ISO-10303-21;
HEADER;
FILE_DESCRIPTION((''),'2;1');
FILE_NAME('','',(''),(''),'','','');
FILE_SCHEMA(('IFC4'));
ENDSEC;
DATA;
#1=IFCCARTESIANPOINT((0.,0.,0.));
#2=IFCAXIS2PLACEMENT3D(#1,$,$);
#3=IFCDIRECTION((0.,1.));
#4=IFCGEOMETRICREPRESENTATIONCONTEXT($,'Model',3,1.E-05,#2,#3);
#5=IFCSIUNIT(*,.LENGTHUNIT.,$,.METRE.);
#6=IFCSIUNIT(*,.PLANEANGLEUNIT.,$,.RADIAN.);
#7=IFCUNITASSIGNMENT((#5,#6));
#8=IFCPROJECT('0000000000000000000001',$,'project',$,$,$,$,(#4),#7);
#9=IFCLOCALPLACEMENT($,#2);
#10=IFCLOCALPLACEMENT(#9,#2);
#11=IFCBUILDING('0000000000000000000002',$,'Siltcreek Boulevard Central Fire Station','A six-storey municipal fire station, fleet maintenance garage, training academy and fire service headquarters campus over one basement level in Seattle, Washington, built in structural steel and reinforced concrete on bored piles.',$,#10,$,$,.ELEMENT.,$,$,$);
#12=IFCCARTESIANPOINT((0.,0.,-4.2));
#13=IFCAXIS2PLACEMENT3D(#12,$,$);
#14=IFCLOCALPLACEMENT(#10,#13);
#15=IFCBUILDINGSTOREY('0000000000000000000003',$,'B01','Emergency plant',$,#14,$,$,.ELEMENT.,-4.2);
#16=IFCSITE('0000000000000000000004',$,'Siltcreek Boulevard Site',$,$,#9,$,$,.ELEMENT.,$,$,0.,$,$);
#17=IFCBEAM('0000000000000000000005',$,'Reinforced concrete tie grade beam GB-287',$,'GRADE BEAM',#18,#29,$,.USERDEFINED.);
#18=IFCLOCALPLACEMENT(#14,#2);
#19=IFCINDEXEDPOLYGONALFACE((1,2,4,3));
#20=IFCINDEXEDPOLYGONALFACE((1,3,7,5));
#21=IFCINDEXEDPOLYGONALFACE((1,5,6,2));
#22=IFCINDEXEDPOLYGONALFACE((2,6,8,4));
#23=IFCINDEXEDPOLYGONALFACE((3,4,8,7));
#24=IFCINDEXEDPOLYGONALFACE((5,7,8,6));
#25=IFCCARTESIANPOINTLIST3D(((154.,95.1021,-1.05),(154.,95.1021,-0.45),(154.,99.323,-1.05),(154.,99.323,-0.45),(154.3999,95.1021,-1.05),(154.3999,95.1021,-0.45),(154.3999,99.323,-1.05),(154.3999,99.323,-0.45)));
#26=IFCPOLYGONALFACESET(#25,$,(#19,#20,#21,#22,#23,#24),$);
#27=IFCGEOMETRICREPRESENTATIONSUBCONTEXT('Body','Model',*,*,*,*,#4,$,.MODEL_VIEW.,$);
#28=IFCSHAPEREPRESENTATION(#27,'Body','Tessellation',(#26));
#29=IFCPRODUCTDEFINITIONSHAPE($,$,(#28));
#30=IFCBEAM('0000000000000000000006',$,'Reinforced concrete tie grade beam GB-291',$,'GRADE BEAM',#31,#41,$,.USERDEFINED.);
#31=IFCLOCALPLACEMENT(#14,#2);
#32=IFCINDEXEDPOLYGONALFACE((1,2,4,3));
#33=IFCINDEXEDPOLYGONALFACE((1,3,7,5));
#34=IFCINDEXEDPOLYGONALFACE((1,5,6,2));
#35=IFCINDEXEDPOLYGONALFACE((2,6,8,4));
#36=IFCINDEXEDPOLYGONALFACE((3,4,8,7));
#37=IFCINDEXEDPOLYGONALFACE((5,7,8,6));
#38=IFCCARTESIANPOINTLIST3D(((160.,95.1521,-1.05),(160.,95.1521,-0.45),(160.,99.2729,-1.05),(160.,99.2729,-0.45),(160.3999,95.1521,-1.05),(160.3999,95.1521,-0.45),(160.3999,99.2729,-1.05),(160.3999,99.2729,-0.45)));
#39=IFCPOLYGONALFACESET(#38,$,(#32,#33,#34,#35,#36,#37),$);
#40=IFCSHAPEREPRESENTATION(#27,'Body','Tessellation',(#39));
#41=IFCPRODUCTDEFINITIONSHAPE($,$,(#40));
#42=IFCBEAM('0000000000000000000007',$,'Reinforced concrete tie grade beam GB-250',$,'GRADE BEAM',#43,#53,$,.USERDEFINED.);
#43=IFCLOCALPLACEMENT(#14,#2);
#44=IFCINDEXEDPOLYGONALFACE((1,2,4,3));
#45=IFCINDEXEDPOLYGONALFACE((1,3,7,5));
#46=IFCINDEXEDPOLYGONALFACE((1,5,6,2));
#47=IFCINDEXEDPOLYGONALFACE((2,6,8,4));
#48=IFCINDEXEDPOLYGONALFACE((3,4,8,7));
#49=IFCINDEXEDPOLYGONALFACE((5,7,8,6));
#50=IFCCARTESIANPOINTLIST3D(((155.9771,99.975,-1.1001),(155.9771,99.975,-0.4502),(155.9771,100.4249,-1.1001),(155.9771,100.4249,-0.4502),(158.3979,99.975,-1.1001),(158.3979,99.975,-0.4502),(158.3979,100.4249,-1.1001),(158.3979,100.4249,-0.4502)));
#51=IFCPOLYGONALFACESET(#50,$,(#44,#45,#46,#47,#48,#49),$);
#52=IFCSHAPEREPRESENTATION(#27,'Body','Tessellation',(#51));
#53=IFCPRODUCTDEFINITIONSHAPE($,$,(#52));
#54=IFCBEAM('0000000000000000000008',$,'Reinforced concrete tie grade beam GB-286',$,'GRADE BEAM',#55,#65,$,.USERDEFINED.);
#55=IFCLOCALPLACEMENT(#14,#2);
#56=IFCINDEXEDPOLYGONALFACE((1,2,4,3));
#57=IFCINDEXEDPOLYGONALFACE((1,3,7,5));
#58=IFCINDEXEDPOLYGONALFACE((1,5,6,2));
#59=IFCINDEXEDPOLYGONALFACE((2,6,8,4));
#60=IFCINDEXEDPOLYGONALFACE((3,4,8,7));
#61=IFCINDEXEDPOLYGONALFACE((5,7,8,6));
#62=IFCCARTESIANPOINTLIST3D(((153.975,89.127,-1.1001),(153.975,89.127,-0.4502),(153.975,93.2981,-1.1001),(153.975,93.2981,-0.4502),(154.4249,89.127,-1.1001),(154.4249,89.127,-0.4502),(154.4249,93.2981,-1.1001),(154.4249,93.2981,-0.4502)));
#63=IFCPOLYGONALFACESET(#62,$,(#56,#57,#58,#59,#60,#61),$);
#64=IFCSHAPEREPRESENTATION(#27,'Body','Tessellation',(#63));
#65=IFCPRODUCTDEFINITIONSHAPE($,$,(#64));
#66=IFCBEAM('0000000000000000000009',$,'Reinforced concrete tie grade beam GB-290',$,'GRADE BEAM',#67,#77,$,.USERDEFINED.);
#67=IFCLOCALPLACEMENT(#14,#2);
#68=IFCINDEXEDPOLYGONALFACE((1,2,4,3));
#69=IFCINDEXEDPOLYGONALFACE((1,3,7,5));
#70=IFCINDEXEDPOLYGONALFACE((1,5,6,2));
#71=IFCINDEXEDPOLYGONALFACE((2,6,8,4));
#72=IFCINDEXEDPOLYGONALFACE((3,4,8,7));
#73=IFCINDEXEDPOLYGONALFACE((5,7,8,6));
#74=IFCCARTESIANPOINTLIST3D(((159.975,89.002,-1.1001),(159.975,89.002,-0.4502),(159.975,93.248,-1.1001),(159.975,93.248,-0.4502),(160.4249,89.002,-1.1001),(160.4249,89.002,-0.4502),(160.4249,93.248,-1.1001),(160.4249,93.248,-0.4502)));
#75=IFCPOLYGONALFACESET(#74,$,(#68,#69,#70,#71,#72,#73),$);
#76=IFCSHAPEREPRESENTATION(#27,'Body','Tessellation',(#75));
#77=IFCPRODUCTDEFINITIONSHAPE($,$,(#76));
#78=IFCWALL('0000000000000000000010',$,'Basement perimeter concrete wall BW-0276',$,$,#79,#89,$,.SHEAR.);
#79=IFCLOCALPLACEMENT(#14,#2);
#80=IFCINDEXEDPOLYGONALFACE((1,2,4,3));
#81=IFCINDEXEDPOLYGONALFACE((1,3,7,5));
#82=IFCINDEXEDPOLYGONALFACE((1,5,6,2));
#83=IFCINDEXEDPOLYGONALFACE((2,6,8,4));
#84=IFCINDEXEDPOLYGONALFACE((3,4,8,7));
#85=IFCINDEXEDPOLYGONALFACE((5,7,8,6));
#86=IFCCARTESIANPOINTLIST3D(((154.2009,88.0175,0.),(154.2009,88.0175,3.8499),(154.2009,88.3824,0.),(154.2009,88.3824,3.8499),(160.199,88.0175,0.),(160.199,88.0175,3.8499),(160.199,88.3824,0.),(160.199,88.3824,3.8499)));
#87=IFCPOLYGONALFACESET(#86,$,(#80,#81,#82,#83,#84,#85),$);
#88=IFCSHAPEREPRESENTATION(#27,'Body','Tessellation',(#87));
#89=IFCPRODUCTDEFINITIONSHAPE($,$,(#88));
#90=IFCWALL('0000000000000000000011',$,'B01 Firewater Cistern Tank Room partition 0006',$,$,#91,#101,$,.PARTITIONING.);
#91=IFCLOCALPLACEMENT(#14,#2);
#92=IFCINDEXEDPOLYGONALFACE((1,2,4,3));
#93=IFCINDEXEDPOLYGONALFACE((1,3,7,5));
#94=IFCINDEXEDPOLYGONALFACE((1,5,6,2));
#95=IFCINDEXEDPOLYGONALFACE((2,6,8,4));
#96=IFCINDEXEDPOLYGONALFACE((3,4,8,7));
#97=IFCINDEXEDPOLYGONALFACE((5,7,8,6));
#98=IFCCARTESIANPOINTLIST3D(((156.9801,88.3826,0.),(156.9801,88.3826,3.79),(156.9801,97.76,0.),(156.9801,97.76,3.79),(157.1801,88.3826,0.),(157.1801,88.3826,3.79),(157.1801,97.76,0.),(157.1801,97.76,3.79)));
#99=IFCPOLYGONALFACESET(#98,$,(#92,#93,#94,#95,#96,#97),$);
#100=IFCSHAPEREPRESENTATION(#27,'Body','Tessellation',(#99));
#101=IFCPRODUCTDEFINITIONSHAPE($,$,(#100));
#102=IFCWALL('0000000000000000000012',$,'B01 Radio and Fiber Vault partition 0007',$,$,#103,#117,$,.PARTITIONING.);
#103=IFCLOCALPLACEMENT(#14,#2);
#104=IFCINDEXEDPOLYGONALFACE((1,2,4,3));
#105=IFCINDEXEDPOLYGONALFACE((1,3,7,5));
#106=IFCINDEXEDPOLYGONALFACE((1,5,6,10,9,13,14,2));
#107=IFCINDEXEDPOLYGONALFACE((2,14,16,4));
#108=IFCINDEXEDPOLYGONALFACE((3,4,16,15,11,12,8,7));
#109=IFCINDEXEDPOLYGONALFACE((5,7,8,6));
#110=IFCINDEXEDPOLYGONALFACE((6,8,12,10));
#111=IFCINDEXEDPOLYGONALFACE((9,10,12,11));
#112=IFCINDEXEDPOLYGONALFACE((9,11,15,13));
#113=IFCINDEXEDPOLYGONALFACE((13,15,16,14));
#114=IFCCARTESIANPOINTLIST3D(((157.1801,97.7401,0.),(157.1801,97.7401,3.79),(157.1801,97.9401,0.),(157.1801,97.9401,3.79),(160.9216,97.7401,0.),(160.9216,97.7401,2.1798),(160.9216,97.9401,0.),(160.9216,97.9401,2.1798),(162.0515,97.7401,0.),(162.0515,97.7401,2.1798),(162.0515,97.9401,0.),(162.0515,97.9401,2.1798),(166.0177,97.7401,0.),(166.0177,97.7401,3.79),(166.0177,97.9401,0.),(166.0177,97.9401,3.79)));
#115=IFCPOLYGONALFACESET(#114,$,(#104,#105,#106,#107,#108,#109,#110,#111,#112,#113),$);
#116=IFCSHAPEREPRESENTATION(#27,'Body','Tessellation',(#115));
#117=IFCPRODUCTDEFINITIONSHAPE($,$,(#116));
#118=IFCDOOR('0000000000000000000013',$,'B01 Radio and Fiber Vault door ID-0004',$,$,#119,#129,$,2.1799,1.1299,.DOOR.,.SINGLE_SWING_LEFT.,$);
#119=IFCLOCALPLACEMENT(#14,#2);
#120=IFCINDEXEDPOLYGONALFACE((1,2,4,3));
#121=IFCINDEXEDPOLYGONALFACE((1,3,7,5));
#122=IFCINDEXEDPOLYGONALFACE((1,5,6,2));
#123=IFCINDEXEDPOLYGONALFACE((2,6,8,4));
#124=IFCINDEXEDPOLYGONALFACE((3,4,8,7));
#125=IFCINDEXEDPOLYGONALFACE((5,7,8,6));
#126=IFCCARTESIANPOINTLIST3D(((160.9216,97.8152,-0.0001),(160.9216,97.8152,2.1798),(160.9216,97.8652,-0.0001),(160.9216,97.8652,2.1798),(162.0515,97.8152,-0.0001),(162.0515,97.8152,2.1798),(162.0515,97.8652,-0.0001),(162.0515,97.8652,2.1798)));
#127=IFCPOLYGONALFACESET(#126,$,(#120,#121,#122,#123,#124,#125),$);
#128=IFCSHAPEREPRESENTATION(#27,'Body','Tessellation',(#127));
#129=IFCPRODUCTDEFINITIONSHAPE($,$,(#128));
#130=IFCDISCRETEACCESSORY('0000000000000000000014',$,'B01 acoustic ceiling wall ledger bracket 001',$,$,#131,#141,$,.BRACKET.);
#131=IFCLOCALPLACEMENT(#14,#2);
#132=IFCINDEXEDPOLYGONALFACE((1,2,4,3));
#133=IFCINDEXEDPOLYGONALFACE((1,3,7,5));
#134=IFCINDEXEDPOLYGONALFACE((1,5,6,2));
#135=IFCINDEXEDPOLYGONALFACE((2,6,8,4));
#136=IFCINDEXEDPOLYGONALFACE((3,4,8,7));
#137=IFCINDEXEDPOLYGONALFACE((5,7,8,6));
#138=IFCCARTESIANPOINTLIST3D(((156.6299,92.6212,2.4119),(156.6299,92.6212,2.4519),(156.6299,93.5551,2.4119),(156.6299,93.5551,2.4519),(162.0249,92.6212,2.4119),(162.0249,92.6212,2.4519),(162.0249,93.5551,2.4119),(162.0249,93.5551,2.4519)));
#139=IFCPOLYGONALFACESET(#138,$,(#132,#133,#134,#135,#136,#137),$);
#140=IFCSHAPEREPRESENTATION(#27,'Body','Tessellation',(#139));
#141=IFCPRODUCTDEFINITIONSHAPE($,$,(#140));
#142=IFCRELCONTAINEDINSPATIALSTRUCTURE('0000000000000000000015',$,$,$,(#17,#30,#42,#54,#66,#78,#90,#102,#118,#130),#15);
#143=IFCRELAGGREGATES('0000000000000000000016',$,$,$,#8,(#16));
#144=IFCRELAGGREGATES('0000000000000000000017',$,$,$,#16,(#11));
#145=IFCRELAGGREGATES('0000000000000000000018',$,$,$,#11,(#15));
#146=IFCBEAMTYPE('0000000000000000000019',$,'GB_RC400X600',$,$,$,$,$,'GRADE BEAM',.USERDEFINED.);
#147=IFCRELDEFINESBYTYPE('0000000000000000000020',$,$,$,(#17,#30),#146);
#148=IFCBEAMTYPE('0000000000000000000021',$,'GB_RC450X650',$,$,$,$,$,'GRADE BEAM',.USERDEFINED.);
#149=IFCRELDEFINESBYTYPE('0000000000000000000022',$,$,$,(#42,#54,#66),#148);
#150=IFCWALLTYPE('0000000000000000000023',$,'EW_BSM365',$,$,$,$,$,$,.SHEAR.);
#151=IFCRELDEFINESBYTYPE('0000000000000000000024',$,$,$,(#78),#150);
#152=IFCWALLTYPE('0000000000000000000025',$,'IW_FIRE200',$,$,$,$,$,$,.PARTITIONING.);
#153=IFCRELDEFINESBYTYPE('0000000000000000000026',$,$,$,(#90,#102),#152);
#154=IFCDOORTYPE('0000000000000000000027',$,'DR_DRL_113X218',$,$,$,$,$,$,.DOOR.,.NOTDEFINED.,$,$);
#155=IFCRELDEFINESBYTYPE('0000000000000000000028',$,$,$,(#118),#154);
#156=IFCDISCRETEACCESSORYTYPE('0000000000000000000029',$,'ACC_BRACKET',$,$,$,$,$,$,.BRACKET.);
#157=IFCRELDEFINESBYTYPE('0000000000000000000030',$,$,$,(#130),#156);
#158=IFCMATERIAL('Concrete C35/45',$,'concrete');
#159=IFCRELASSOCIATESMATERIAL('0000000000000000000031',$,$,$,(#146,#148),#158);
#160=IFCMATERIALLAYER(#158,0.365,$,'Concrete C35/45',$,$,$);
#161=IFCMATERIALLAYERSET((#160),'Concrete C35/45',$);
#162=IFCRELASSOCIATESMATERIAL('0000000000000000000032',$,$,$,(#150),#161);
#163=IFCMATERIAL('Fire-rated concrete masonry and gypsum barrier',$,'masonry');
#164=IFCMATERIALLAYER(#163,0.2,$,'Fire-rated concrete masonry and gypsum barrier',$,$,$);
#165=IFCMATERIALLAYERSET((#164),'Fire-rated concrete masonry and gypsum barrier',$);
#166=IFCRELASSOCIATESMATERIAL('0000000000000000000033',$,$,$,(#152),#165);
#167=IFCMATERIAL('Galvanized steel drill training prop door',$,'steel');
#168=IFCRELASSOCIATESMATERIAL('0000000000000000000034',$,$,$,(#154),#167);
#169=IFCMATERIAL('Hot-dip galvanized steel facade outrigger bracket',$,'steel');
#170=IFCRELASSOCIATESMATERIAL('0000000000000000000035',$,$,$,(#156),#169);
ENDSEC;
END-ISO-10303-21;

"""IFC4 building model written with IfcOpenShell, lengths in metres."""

from ifc_helpers import new_model, si_unit, direction, frame, frame_2d, origin, origin_2d, place, context, subcontext, project, spatial, rectangle, extrude, material, layer, layer_set, material_profile, profile_set, type_object, element, fill, save


model = new_model("IFC4")

# Units and contexts
model_context = context("Model", 3, precision=1e-05, world=origin(), true_north=direction((0.0, 1.0)))
body_context = subcontext(model_context, "Body", "Model", "MODEL_VIEW")
ifc_project = project(units=[si_unit("LENGTHUNIT", "METRE"), si_unit("PLANEANGLEUNIT", "RADIAN")], contexts=[model_context])

# Site, building, storey
site_placement = place(None, origin())
site = spatial("IfcSite", under=ifc_project, at=site_placement, Name="Siltcreek Boulevard Site", CompositionType="ELEMENT", RefElevation=0.0)
building_placement = place(site_placement, origin())
building = spatial("IfcBuilding", under=site, at=building_placement, Name="Siltcreek Boulevard Central Fire Station", Description="A six-storey municipal fire station, fleet maintenance garage, training academy and fire service headquarters campus over one basement level in Seattle, Washington, built in structural steel and reinforced concrete on bored piles.", CompositionType="ELEMENT")
storey_placement = place(building_placement, frame((0.0, 0.0, -4.2)))
storey = spatial("IfcBuildingStorey", under=building, at=storey_placement, Name="B01", Description="Emergency plant", CompositionType="ELEMENT", Elevation=-4.2)

# Shared definitions
ifc_material_1 = material(Name="Concrete C35/45", Category="concrete")

# Beams
ifc_material_profile_1 = material_profile(ifc_material_1, rectangle(XDim=0.3999, YDim=0.6001, at=origin_2d()), Name="RC400X600")
ifc_profile_set_1 = profile_set([ifc_material_profile_1], Name="Concrete C35/45")
beam_type_1 = type_object("IfcBeamType", Name="GB_RC400X600", ElementType="GRADE BEAM", PredefinedType="USERDEFINED", material=ifc_profile_set_1)
beam_1_placement = place(storey_placement, frame((154.2, 95.1021, -0.75), z_axis=(0.0, 1.0, 0.0), x_axis=(-1.0, 0.0, 0.0)))
element("IfcBeam", 1, at=beam_1_placement, inside=storey, type_object=beam_type_1, Name="Reinforced concrete tie grade beam GB-287", ObjectType="GRADE BEAM", PredefinedType="USERDEFINED", context=body_context, shape_type="SweptSolid", body=[
    extrude(rectangle(XDim=0.3999, YDim=0.6001, at=origin_2d()), origin(), (0.0, 0.0, 1.0), 4.2209),
])
beam_2_placement = place(storey_placement, frame((160.2, 95.1521, -0.75), z_axis=(0.0, 1.0, 0.0), x_axis=(-1.0, 0.0, 0.0)))
element("IfcBeam", 2, at=beam_2_placement, inside=storey, type_object=beam_type_1, Name="Reinforced concrete tie grade beam GB-291", ObjectType="GRADE BEAM", PredefinedType="USERDEFINED", context=body_context, shape_type="SweptSolid", body=[
    extrude(rectangle(XDim=0.3999, YDim=0.6001, at=origin_2d()), origin(), (0.0, 0.0, 1.0), 4.1208),
])
ifc_material_profile_2 = material_profile(ifc_material_1, rectangle(XDim=0.45, YDim=0.6499, at=origin_2d()), Name="RC450X650")
ifc_profile_set_2 = profile_set([ifc_material_profile_2], Name="Concrete C35/45")
beam_type_2 = type_object("IfcBeamType", Name="GB_RC450X650", ElementType="GRADE BEAM", PredefinedType="USERDEFINED", material=ifc_profile_set_2)
beam_3_placement = place(storey_placement, frame((155.9771, 100.2, -0.7751), z_axis=(1.0, 0.0, 0.0), x_axis=(0.0, 1.0, 0.0)))
element("IfcBeam", 3, at=beam_3_placement, inside=storey, type_object=beam_type_2, Name="Reinforced concrete tie grade beam GB-250", ObjectType="GRADE BEAM", PredefinedType="USERDEFINED", context=body_context, shape_type="SweptSolid", body=[
    extrude(rectangle(XDim=0.45, YDim=0.6499, at=origin_2d()), origin(), (0.0, 0.0, 1.0), 2.4209),
])
beam_4_placement = place(storey_placement, frame((154.2, 89.127, -0.7751), z_axis=(0.0, 1.0, 0.0), x_axis=(-1.0, 0.0, 0.0)))
element("IfcBeam", 4, at=beam_4_placement, inside=storey, type_object=beam_type_2, Name="Reinforced concrete tie grade beam GB-286", ObjectType="GRADE BEAM", PredefinedType="USERDEFINED", context=body_context, shape_type="SweptSolid", body=[
    extrude(rectangle(XDim=0.45, YDim=0.6499, at=origin_2d()), origin(), (0.0, 0.0, 1.0), 4.1711),
])
beam_5_placement = place(storey_placement, frame((160.2, 89.002, -0.7751), z_axis=(0.0, 1.0, 0.0), x_axis=(-1.0, 0.0, 0.0)))
element("IfcBeam", 5, at=beam_5_placement, inside=storey, type_object=beam_type_2, Name="Reinforced concrete tie grade beam GB-290", ObjectType="GRADE BEAM", PredefinedType="USERDEFINED", context=body_context, shape_type="SweptSolid", body=[
    extrude(rectangle(XDim=0.45, YDim=0.6499, at=origin_2d()), origin(), (0.0, 0.0, 1.0), 4.2461),
])

# Walls
ifc_layer_1 = layer(ifc_material_1, 0.365, Name="Concrete C35/45")
ifc_layer_set_1 = layer_set([ifc_layer_1], Name="Concrete C35/45")
wall_type_1 = type_object("IfcWallType", Name="EW_BSM365", PredefinedType="SHEAR", material=ifc_layer_set_1)
wall_1_placement = place(storey_placement, frame((154.2009, 88.2, 0.0), z_axis=(0.0, 0.0, 1.0), x_axis=(1.0, 0.0, 0.0)))
element("IfcWall", 6, at=wall_1_placement, inside=storey, type_object=wall_type_1, Name="Basement perimeter concrete wall BW-0276", PredefinedType="SHEAR", context=body_context, shape_type="SweptSolid", body=[
    extrude(rectangle(XDim=5.998, YDim=0.365, at=frame_2d((2.999, 0.0))), origin(), (0.0, 0.0, 1.0), 3.8499),
])
ifc_material_2 = material(Name="Fire-rated concrete masonry and gypsum barrier", Category="masonry")
ifc_layer_2 = layer(ifc_material_2, 0.2, Name="Fire-rated concrete masonry and gypsum barrier")
ifc_layer_set_2 = layer_set([ifc_layer_2], Name="Fire-rated concrete masonry and gypsum barrier")
wall_type_2 = type_object("IfcWallType", Name="IW_FIRE200", PredefinedType="PARTITIONING", material=ifc_layer_set_2)
wall_2_placement = place(storey_placement, frame((157.0801, 97.76, 0.0), z_axis=(0.0, 0.0, 1.0), x_axis=(0.0, -1.0, 0.0)))
element("IfcWall", 7, at=wall_2_placement, inside=storey, type_object=wall_type_2, Name="B01 Firewater Cistern Tank Room partition 0006", PredefinedType="PARTITIONING", context=body_context, shape_type="SweptSolid", body=[
    extrude(rectangle(XDim=9.3774, YDim=0.2, at=frame_2d((4.6887, 0.0))), origin(), (0.0, 0.0, 1.0), 3.79),
])

# Wall, opening, door
wall_3_placement = place(storey_placement, frame((157.1799, 97.8401, 0.0), z_axis=(0.0, 0.0, 1.0), x_axis=(1.0, 0.0, 0.0)))
wall_3 = element("IfcWall", 8, at=wall_3_placement, inside=storey, type_object=wall_type_2, Name="B01 Radio and Fiber Vault partition 0007", PredefinedType="PARTITIONING", context=body_context, shape_type="SweptSolid", body=[
    extrude(rectangle(XDim=8.8376, YDim=0.2, at=frame_2d((4.4189, 0.0))), origin(), (0.0, 0.0, 1.0), 3.79),
])
opening_placement = place(wall_3_placement, frame((3.7417, 0.0, 0.0)))
opening = element("IfcOpeningElement", 9, at=opening_placement, cuts=wall_3, PredefinedType="OPENING", context=body_context, shape_type="SweptSolid", body=[
    extrude(rectangle(XDim=1.1299, YDim=2.1799, at=frame_2d((0.5649, 1.0898))), frame((0.0, 0.1099, 0.0), z_axis=(0.0, -1.0, 0.0), x_axis=(1.0, 0.0, 0.0)), (0.0, 0.0, 1.0), 0.22),
])
ifc_material_3 = material(Name="Galvanized steel drill training prop door", Category="steel")
door_type = type_object("IfcDoorType", Name="DR_DRL_113X218", OperationType="NOTDEFINED", PredefinedType="DOOR", material=ifc_material_3)
door_placement = place(opening_placement, frame((1.1299, 0.0, 0.0), z_axis=(0.0, 0.0, 1.0), x_axis=(-1.0, 0.0, 0.0)))
door = element("IfcDoor", 10, at=door_placement, inside=storey, type_object=door_type, Name="B01 Radio and Fiber Vault door ID-0004", OperationType="SINGLE_SWING_LEFT", OverallHeight=2.1799, OverallWidth=1.1299, PredefinedType="DOOR", context=body_context, shape_type="SweptSolid", body=[
    extrude(rectangle(XDim=1.1299, YDim=2.1799, at=frame_2d((0.5649, 1.0898))), frame((0.0, 0.0249, 0.0), z_axis=(0.0, -1.0, 0.0), x_axis=(1.0, 0.0, 0.0)), (0.0, 0.0, 1.0), 0.05),
])
fill(opening, door)

# Discrete accessory
ifc_material_4 = material(Name="Hot-dip galvanized steel facade outrigger bracket", Category="steel")
discrete_accessory_type = type_object("IfcDiscreteAccessoryType", Name="ACC_BRACKET", PredefinedType="BRACKET", material=ifc_material_4)
discrete_accessory_placement = place(storey_placement, frame((159.3274, 93.0881, 2.4119), z_axis=(0.0, 0.0, 1.0), x_axis=(1.0, 0.0, 0.0)))
element("IfcDiscreteAccessory", 11, at=discrete_accessory_placement, inside=storey, type_object=discrete_accessory_type, Name="B01 acoustic ceiling wall ledger bracket 001", PredefinedType="BRACKET", context=body_context, shape_type="SweptSolid", body=[
    extrude(rectangle(XDim=5.395, YDim=0.9338, at=origin_2d()), origin(), (0.0, 0.0, 1.0), 0.04),
])

save(model, "model.ifc")
